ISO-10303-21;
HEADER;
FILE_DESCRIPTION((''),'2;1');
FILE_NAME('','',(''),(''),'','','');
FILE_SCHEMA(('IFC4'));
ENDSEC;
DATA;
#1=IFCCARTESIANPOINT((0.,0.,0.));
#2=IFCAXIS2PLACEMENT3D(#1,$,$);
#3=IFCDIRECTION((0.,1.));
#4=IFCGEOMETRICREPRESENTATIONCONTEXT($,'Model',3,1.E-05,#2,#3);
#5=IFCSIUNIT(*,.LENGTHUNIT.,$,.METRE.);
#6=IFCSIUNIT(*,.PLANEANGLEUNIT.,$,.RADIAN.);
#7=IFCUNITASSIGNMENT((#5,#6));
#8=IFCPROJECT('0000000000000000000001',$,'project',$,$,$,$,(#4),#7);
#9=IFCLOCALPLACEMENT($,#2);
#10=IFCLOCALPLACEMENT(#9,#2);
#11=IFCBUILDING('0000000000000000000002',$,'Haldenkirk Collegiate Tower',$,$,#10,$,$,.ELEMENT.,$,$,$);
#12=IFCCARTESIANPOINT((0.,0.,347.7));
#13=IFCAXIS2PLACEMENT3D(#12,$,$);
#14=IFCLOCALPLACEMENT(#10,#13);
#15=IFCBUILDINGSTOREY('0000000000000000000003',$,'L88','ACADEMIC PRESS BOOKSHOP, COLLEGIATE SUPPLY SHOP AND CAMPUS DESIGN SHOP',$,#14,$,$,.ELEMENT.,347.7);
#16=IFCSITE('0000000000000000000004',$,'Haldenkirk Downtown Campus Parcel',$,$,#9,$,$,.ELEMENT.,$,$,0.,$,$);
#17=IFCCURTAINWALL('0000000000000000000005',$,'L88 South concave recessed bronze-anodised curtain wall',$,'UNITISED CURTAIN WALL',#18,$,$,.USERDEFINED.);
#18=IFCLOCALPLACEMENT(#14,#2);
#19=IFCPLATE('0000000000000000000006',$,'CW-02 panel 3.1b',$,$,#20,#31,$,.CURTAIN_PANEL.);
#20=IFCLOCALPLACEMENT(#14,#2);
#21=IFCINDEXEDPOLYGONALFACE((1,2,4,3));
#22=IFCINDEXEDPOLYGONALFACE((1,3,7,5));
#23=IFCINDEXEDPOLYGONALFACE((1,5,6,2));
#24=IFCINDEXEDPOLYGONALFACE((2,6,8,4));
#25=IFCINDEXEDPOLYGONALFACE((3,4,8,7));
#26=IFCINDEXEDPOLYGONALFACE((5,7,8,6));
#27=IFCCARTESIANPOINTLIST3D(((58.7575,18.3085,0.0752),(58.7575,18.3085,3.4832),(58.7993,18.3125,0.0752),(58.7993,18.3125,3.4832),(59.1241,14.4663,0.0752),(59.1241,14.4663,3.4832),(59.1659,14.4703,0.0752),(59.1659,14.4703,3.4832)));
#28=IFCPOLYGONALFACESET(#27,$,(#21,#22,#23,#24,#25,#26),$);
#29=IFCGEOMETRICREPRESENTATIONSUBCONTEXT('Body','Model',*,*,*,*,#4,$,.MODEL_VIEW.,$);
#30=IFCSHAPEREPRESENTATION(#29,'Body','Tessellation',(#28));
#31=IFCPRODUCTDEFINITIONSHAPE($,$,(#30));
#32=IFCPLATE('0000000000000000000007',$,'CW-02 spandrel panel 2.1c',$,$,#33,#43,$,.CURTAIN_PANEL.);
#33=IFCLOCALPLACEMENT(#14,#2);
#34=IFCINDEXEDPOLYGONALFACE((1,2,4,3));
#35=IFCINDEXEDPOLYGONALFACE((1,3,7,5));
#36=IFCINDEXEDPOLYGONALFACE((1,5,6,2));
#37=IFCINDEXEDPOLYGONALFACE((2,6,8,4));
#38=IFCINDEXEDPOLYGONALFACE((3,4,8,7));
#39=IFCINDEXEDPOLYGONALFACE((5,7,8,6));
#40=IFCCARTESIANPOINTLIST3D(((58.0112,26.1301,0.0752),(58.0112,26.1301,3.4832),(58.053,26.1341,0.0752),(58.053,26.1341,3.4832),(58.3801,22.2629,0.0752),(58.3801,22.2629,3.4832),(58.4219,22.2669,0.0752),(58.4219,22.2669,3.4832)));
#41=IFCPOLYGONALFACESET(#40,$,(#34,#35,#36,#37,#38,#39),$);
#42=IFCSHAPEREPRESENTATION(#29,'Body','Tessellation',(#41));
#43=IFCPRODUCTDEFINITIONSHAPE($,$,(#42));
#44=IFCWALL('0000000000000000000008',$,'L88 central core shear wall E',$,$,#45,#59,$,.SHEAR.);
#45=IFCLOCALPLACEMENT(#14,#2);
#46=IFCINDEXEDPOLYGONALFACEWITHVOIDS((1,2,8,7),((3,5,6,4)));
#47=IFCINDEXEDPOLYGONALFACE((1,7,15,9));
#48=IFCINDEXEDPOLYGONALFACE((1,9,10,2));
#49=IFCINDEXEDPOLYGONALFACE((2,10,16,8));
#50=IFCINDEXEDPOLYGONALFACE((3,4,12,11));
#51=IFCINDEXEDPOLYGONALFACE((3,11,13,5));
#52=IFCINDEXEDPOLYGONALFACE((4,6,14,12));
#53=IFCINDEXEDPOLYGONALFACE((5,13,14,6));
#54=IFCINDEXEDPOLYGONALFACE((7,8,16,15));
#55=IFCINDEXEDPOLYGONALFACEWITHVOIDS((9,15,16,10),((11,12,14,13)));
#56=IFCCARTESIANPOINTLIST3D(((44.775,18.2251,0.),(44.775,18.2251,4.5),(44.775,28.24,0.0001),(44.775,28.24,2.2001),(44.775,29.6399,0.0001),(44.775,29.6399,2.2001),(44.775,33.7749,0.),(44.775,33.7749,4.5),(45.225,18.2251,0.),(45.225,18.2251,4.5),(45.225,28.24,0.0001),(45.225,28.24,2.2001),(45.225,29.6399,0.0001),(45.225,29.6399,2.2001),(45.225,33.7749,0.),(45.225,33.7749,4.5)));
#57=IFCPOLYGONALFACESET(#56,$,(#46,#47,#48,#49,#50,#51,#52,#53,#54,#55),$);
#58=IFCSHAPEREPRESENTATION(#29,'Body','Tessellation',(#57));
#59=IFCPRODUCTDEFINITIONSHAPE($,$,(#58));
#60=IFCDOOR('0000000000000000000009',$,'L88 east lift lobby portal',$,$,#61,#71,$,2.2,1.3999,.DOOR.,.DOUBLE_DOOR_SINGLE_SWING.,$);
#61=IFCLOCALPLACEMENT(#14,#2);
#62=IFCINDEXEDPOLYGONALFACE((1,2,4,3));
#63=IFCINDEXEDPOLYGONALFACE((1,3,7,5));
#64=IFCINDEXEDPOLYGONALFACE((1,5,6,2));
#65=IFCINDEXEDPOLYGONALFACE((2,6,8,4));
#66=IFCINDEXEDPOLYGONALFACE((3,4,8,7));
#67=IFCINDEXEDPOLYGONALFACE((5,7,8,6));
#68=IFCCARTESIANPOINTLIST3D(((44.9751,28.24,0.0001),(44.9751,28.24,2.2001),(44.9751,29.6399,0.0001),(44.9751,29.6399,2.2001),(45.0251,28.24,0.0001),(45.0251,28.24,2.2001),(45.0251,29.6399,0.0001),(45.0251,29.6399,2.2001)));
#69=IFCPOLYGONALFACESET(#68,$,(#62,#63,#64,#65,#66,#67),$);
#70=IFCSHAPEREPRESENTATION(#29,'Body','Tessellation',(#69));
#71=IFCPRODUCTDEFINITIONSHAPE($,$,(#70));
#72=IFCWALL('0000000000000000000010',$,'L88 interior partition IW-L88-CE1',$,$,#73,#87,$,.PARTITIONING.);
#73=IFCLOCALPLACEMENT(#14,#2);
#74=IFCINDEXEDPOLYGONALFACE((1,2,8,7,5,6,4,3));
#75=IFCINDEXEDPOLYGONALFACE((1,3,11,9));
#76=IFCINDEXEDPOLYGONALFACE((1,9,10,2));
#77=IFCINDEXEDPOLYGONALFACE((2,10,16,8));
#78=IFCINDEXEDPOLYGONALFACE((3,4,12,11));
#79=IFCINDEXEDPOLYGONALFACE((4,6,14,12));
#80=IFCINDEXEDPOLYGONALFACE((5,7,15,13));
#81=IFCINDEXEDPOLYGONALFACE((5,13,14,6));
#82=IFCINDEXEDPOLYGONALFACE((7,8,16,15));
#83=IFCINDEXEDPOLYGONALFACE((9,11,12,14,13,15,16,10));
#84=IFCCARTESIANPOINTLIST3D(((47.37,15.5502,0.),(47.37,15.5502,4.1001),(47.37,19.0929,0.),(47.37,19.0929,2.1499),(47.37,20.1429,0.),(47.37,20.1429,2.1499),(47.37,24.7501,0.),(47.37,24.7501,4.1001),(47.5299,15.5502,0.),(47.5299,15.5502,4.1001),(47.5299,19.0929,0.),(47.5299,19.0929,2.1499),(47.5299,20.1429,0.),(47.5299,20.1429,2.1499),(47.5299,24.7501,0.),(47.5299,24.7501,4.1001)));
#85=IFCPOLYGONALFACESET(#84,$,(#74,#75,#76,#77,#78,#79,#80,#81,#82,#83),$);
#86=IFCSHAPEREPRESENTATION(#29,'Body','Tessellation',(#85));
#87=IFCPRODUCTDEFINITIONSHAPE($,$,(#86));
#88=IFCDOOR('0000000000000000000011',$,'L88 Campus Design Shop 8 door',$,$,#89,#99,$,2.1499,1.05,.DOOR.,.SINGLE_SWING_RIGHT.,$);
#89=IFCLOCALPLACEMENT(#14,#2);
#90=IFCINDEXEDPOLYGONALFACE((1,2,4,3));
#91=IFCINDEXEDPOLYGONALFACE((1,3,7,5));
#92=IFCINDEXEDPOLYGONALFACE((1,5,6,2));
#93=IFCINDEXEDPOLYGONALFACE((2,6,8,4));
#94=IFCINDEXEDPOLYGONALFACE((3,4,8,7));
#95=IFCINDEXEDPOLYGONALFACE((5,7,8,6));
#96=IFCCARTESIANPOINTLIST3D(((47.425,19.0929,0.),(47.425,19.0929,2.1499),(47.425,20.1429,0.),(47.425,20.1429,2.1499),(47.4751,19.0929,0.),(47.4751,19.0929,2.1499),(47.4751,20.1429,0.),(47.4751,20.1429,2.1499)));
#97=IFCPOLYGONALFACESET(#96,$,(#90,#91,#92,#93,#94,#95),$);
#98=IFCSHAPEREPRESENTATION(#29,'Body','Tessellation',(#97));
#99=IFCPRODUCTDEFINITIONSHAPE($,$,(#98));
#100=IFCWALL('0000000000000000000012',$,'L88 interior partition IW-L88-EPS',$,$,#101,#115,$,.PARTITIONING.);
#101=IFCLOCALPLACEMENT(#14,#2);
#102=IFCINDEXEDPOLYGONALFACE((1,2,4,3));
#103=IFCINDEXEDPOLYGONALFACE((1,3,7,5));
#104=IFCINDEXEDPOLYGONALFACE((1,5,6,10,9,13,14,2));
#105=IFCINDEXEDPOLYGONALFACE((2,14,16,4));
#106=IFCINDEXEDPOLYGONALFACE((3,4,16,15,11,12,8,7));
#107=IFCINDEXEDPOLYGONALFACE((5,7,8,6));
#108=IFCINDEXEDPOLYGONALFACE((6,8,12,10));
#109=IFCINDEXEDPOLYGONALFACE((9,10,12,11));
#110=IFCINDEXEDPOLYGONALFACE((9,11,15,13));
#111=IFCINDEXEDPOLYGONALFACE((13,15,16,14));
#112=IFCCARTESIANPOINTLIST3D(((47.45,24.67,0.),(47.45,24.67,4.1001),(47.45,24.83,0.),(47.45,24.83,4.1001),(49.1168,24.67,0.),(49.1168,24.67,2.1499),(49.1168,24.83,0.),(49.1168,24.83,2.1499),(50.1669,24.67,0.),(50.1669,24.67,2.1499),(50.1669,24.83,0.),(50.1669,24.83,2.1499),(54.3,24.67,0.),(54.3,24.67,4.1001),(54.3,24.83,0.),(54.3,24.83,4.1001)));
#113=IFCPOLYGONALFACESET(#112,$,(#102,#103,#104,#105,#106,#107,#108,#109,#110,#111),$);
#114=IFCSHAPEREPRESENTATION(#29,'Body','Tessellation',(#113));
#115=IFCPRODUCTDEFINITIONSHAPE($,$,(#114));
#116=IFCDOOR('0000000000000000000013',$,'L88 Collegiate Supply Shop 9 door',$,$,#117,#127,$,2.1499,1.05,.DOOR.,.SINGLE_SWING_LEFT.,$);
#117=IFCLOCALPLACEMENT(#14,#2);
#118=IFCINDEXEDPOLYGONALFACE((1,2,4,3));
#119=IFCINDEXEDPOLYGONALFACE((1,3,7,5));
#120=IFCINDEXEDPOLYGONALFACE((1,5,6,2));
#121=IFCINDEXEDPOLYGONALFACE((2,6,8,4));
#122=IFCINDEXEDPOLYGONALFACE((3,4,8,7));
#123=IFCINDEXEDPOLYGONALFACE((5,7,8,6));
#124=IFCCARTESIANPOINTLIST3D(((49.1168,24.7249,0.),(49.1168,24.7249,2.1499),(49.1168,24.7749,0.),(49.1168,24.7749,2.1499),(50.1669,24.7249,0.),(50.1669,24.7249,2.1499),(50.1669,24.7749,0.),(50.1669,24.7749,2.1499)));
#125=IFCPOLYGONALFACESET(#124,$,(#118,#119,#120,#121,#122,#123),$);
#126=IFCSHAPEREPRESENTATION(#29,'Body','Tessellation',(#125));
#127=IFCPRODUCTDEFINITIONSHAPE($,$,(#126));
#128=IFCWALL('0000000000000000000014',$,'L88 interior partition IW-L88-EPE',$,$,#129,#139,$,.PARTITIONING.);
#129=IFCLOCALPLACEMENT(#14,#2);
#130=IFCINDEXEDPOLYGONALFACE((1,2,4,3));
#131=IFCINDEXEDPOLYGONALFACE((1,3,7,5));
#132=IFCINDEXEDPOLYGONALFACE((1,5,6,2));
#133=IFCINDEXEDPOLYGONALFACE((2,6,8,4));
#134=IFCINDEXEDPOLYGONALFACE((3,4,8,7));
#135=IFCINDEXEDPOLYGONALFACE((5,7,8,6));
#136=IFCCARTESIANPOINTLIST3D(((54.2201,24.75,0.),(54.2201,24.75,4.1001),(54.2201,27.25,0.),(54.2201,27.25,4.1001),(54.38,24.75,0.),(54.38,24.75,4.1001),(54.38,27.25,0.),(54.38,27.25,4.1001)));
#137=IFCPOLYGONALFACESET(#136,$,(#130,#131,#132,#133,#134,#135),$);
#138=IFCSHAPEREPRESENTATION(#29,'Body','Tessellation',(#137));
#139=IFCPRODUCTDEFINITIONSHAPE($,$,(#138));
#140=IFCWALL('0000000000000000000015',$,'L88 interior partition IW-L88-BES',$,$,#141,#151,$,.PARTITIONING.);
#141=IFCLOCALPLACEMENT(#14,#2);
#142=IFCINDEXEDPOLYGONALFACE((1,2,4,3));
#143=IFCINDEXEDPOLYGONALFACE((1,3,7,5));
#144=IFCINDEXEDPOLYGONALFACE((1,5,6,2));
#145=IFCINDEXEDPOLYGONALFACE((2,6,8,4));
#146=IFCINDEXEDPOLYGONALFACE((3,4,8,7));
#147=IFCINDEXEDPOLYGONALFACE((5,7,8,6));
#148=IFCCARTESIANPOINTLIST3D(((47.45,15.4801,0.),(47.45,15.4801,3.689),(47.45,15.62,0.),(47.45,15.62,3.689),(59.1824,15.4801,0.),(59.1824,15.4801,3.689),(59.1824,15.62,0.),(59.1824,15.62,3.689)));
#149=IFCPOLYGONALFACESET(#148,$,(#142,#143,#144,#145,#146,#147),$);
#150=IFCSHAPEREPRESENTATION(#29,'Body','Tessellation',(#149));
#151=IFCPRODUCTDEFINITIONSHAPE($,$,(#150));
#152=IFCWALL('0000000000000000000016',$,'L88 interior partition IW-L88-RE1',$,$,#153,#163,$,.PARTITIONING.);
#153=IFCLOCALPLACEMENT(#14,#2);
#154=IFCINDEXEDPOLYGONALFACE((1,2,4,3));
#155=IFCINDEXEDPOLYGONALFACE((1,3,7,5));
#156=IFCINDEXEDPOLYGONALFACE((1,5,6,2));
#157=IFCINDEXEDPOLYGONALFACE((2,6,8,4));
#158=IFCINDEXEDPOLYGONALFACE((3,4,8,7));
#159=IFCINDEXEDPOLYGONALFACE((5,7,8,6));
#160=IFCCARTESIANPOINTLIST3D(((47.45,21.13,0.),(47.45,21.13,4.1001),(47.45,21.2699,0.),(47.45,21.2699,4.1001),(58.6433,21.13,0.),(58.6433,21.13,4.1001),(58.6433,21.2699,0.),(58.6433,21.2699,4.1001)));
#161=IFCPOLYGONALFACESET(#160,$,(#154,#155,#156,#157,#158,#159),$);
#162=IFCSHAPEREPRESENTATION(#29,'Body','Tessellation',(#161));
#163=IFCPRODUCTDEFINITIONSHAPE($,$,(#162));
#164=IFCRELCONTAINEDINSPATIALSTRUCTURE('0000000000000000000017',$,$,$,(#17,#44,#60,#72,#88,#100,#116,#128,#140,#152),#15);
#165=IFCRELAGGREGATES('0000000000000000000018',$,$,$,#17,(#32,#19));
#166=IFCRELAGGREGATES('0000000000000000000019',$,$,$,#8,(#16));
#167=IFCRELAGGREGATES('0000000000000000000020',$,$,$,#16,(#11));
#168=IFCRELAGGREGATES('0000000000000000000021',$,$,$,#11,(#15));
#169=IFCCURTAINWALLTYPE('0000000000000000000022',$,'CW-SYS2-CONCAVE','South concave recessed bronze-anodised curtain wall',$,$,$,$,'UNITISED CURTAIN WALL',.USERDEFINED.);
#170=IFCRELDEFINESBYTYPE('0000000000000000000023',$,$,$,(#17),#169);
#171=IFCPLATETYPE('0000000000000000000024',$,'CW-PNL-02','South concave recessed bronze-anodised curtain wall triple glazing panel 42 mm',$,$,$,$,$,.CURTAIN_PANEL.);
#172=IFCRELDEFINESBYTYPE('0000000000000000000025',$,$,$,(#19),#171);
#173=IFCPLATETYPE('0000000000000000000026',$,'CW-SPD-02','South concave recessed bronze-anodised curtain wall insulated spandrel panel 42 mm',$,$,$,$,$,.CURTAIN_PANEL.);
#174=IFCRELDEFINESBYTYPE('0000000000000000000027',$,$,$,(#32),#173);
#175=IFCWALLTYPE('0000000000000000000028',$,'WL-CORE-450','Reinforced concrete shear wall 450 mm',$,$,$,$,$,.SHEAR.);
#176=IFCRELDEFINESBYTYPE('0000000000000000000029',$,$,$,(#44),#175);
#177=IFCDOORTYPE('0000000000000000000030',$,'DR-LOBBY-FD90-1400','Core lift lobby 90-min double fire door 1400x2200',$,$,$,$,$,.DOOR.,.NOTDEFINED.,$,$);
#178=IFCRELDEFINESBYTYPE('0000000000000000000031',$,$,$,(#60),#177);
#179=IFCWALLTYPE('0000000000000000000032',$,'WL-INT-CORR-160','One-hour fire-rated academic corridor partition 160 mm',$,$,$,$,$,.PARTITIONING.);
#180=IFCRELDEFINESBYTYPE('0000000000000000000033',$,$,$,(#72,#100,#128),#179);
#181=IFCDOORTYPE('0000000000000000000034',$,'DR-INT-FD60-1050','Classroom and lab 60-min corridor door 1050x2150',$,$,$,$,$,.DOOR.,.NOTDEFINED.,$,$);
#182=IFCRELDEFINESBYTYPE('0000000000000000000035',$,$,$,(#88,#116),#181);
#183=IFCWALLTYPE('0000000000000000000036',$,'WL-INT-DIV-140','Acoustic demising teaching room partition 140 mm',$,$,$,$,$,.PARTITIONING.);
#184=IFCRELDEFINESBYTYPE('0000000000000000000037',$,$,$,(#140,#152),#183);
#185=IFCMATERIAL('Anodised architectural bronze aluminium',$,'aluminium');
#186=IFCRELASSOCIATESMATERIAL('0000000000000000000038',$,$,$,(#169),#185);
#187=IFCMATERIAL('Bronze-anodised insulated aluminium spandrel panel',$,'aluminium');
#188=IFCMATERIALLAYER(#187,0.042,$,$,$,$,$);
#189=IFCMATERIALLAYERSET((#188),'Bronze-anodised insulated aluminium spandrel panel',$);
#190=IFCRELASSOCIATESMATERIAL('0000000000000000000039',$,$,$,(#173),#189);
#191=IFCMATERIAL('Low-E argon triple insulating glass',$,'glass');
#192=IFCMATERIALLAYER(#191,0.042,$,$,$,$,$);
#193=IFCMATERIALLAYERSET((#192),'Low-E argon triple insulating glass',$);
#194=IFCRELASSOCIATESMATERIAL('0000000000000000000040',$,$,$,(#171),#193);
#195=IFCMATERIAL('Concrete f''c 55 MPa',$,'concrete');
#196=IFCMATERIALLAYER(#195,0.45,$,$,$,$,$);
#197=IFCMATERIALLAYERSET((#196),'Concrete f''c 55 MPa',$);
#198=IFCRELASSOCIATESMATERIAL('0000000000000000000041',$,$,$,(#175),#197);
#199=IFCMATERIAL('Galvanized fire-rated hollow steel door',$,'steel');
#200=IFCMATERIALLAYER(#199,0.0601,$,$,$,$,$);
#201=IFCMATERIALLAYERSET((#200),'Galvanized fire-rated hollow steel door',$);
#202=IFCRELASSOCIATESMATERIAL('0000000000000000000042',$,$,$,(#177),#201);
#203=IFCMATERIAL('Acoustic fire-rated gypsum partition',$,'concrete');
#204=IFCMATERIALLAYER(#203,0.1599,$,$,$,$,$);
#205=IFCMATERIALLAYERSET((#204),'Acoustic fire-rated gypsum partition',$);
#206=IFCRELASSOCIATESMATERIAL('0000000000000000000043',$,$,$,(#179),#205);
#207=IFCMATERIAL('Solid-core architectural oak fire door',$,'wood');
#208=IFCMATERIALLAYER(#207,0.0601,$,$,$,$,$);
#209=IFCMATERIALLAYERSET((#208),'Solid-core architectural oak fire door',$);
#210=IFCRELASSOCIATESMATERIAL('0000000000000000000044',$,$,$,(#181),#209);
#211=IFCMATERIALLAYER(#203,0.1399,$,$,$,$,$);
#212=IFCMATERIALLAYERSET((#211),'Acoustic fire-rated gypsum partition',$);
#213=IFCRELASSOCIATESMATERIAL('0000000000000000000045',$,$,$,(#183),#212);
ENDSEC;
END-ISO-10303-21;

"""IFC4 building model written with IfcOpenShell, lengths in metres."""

from ifc_helpers import new_model, si_unit, direction, frame, frame_2d, origin, origin_2d, place, context, subcontext, project, spatial, rectangle, extrude, source, transform, mapped, material, layer, layer_set, type_object, element, fill, aggregate, save


model = new_model("IFC4")

# Units and contexts
model_context = context("Model", 3, precision=1e-05, world=origin(), true_north=direction((0.0, 1.0)))
body_context = subcontext(model_context, "Body", "Model", "MODEL_VIEW")
ifc_project = project(units=[si_unit("LENGTHUNIT", "METRE"), si_unit("PLANEANGLEUNIT", "RADIAN")], contexts=[model_context])

# Site, building, storey
site_placement = place(None, origin())
site = spatial("IfcSite", under=ifc_project, at=site_placement, Name="Haldenkirk Downtown Campus Parcel", CompositionType="ELEMENT", RefElevation=0.0)
building_placement = place(site_placement, origin())
building = spatial("IfcBuilding", under=site, at=building_placement, Name="Haldenkirk Collegiate Tower", CompositionType="ELEMENT")
storey_placement = place(building_placement, frame((0.0, 0.0, 347.7)))
storey = spatial("IfcBuildingStorey", under=building, at=storey_placement, Name="L88", Description="ACADEMIC PRESS BOOKSHOP, COLLEGIATE SUPPLY SHOP AND CAMPUS DESIGN SHOP", CompositionType="ELEMENT", Elevation=347.7)

# Curtain wall, plates
ifc_material_1 = material(Name="Anodised architectural bronze aluminium", Category="aluminium")
curtain_wall_type = type_object("IfcCurtainWallType", Name="CW-SYS2-CONCAVE", Description="South concave recessed bronze-anodised curtain wall", ElementType="UNITISED CURTAIN WALL", PredefinedType="USERDEFINED", material=ifc_material_1)
curtain_wall_placement = place(storey_placement, origin())
curtain_wall = element("IfcCurtainWall", 1, at=curtain_wall_placement, inside=storey, type_object=curtain_wall_type, Name="L88 South concave recessed bronze-anodised curtain wall", ObjectType="UNITISED CURTAIN WALL", PredefinedType="USERDEFINED")
ifc_material_2 = material(Name="Bronze-anodised insulated aluminium spandrel panel", Category="aluminium")
ifc_layer_1 = layer(ifc_material_2, 0.042)
ifc_layer_set_1 = layer_set([ifc_layer_1], Name="Bronze-anodised insulated aluminium spandrel panel")
plate_type_1 = type_object("IfcPlateType", Name="CW-SPD-02", Description="South concave recessed bronze-anodised curtain wall insulated spandrel panel 42 mm", PredefinedType="CURTAIN_PANEL", material=ifc_layer_set_1)
ifc_material_3 = material(Name="Low-E argon triple insulating glass", Category="glass")
ifc_layer_2 = layer(ifc_material_3, 0.042)
ifc_layer_set_2 = layer_set([ifc_layer_2], Name="Low-E argon triple insulating glass")
plate_type_2 = type_object("IfcPlateType", Name="CW-PNL-02", Description="South concave recessed bronze-anodised curtain wall triple glazing panel 42 mm", PredefinedType="CURTAIN_PANEL", material=ifc_layer_set_2)
shared_shape_1 = source(origin(), body_context, "Body", "SweptSolid", [
    extrude(rectangle(XDim=3.8596, YDim=0.042, at=origin_2d()), origin(), (0.0, 0.0, 1.0), 3.408),
])
plate_1_placement = place(storey_placement, frame((58.9617, 16.3894, 0.0752), z_axis=(0.0, 0.0, 1.0), x_axis=(0.094974, -0.99548, 0.0)))
plate_1 = element("IfcPlate", 2, at=plate_1_placement, type_object=plate_type_2, Name="CW-02 panel 3.1b", PredefinedType="CURTAIN_PANEL", context=body_context, shape_type="MappedRepresentation", body=[
    mapped(shared_shape_1, transform((0.0, 0.0, 0.0), x_axis=(1.0, 0.0, 0.0), y_axis=(0.0, 1.0, 0.0), z_axis=(0.0, 0.0, 1.0), scale=1.0)),
])
shared_shape_2 = source(origin(), body_context, "Body", "SweptSolid", [
    extrude(rectangle(XDim=3.8848, YDim=0.042, at=origin_2d()), origin(), (0.0, 0.0, 1.0), 3.408),
])
plate_2_placement = place(storey_placement, frame((58.2166, 24.1985, 0.0752), z_axis=(0.0, 0.0, 1.0), x_axis=(0.094974, -0.99548, 0.0)))
plate_2 = element("IfcPlate", 3, at=plate_2_placement, type_object=plate_type_1, Name="CW-02 spandrel panel 2.1c", PredefinedType="CURTAIN_PANEL", context=body_context, shape_type="MappedRepresentation", body=[
    mapped(shared_shape_2, transform((0.0, 0.0, 0.0), x_axis=(1.0, 0.0, 0.0), y_axis=(0.0, 1.0, 0.0), z_axis=(0.0, 0.0, 1.0), scale=1.0)),
])
aggregate(curtain_wall, [plate_2, plate_1])

# Walls, openings, doors
ifc_material_4 = material(Name="Concrete f'c 55 MPa", Category="concrete")
ifc_layer_3 = layer(ifc_material_4, 0.45)
ifc_layer_set_3 = layer_set([ifc_layer_3], Name="Concrete f'c 55 MPa")
wall_type_1 = type_object("IfcWallType", Name="WL-CORE-450", Description="Reinforced concrete shear wall 450 mm", PredefinedType="SHEAR", material=ifc_layer_set_3)
wall_1_placement = place(storey_placement, frame((45.0, 18.2251, 0.0), z_axis=(0.0, 0.0, 1.0), x_axis=(0.0, 1.0, 0.0)))
wall_1 = element("IfcWall", 4, at=wall_1_placement, inside=storey, type_object=wall_type_1, Name="L88 central core shear wall E", PredefinedType="SHEAR", context=body_context, shape_type="SweptSolid", body=[
    extrude(rectangle(XDim=15.5498, YDim=0.45, at=frame_2d((7.7749, 0.0))), origin(), (0.0, 0.0, 1.0), 4.5),
])
opening_1_placement = place(wall_1_placement, frame((10.0149, 0.0, 0.0)))
opening_1 = element("IfcOpeningElement", 5, at=opening_1_placement, cuts=wall_1, PredefinedType="OPENING", context=body_context, shape_type="SweptSolid", body=[
    extrude(rectangle(XDim=1.3999, YDim=2.2, at=frame_2d((0.7, 1.1001))), frame((0.0, 0.2349, 0.0), z_axis=(0.0, -1.0, 0.0), x_axis=(1.0, 0.0, 0.0)), (0.0, 0.0, 1.0), 0.47),
])
ifc_material_5 = material(Name="Galvanized fire-rated hollow steel door", Category="steel")
ifc_layer_4 = layer(ifc_material_5, 0.0601)
ifc_layer_set_4 = layer_set([ifc_layer_4], Name="Galvanized fire-rated hollow steel door")
door_type_1 = type_object("IfcDoorType", Name="DR-LOBBY-FD90-1400", Description="Core lift lobby 90-min double fire door 1400x2200", OperationType="NOTDEFINED", PredefinedType="DOOR", material=ifc_layer_set_4)
door_1_placement = place(opening_1_placement, origin())
door_1 = element("IfcDoor", 6, at=door_1_placement, inside=storey, type_object=door_type_1, Name="L88 east lift lobby portal", OperationType="DOUBLE_DOOR_SINGLE_SWING", OverallHeight=2.2, OverallWidth=1.3999, PredefinedType="DOOR", context=body_context, shape_type="SweptSolid", body=[
    extrude(rectangle(XDim=1.3999, YDim=2.2, at=frame_2d((0.7, 1.1001))), frame((0.0, 0.0249, 0.0), z_axis=(0.0, -1.0, 0.0), x_axis=(1.0, 0.0, 0.0)), (0.0, 0.0, 1.0), 0.05),
])
fill(opening_1, door_1)
ifc_material_6 = material(Name="Acoustic fire-rated gypsum partition", Category="concrete")
ifc_layer_5 = layer(ifc_material_6, 0.1599)
ifc_layer_set_5 = layer_set([ifc_layer_5], Name="Acoustic fire-rated gypsum partition")
wall_type_2 = type_object("IfcWallType", Name="WL-INT-CORR-160", Description="One-hour fire-rated academic corridor partition 160 mm", PredefinedType="PARTITIONING", material=ifc_layer_set_5)
wall_2_placement = place(storey_placement, frame((47.45, 15.55, 0.0), z_axis=(0.0, 0.0, 1.0), x_axis=(0.0, 1.0, 0.0)))
wall_2 = element("IfcWall", 7, at=wall_2_placement, inside=storey, type_object=wall_type_2, Name="L88 interior partition IW-L88-CE1", PredefinedType="PARTITIONING", context=body_context, shape_type="SweptSolid", body=[
    extrude(rectangle(XDim=9.2, YDim=0.1599, at=frame_2d((4.6001, 0.0))), origin(), (0.0, 0.0, 1.0), 4.1001),
])
opening_2_placement = place(wall_2_placement, frame((3.543, 0.0, 0.0)))
opening_2 = element("IfcOpeningElement", 8, at=opening_2_placement, cuts=wall_2, PredefinedType="OPENING", context=body_context, shape_type="SweptSolid", body=[
    extrude(rectangle(XDim=1.05, YDim=2.1499, at=frame_2d((0.5249, 1.075))), frame((0.0, 0.0898, 0.0), z_axis=(0.0, -1.0, 0.0), x_axis=(1.0, 0.0, 0.0)), (0.0, 0.0, 1.0), 0.1799),
])
ifc_material_7 = material(Name="Solid-core architectural oak fire door", Category="wood")
ifc_layer_6 = layer(ifc_material_7, 0.0601)
ifc_layer_set_6 = layer_set([ifc_layer_6], Name="Solid-core architectural oak fire door")
door_type_2 = type_object("IfcDoorType", Name="DR-INT-FD60-1050", Description="Classroom and lab 60-min corridor door 1050x2150", OperationType="NOTDEFINED", PredefinedType="DOOR", material=ifc_layer_set_6)
door_2_placement = place(opening_2_placement, origin())
door_2 = element("IfcDoor", 9, at=door_2_placement, inside=storey, type_object=door_type_2, Name="L88 Campus Design Shop 8 door", OperationType="SINGLE_SWING_RIGHT", OverallHeight=2.1499, OverallWidth=1.05, PredefinedType="DOOR", context=body_context, shape_type="SweptSolid", body=[
    extrude(rectangle(XDim=1.05, YDim=2.1499, at=frame_2d((0.5249, 1.075))), frame((0.0, 0.0249, 0.0), z_axis=(0.0, -1.0, 0.0), x_axis=(1.0, 0.0, 0.0)), (0.0, 0.0, 1.0), 0.05),
])
fill(opening_2, door_2)
wall_3_placement = place(storey_placement, frame((47.45, 24.75, 0.0), z_axis=(0.0, 0.0, 1.0), x_axis=(1.0, 0.0, 0.0)))
wall_3 = element("IfcWall", 10, at=wall_3_placement, inside=storey, type_object=wall_type_2, Name="L88 interior partition IW-L88-EPS", PredefinedType="PARTITIONING", context=body_context, shape_type="SweptSolid", body=[
    extrude(rectangle(XDim=6.8501, YDim=0.1599, at=frame_2d((3.425, 0.0))), origin(), (0.0, 0.0, 1.0), 4.1001),
])
opening_3_placement = place(wall_3_placement, frame((1.667, 0.0, 0.0)))
opening_3 = element("IfcOpeningElement", 11, at=opening_3_placement, cuts=wall_3, PredefinedType="OPENING", context=body_context, shape_type="SweptSolid", body=[
    extrude(rectangle(XDim=1.05, YDim=2.1499, at=frame_2d((0.5249, 1.075))), frame((0.0, 0.0898, 0.0), z_axis=(0.0, -1.0, 0.0), x_axis=(1.0, 0.0, 0.0)), (0.0, 0.0, 1.0), 0.1799),
])
door_3_placement = place(opening_3_placement, origin())
door_3 = element("IfcDoor", 12, at=door_3_placement, inside=storey, type_object=door_type_2, Name="L88 Collegiate Supply Shop 9 door", OperationType="SINGLE_SWING_LEFT", OverallHeight=2.1499, OverallWidth=1.05, PredefinedType="DOOR", context=body_context, shape_type="SweptSolid", body=[
    extrude(rectangle(XDim=1.05, YDim=2.1499, at=frame_2d((0.5249, 1.075))), frame((0.0, 0.0249, 0.0), z_axis=(0.0, -1.0, 0.0), x_axis=(1.0, 0.0, 0.0)), (0.0, 0.0, 1.0), 0.05),
])
fill(opening_3, door_3)

# Walls
wall_4_placement = place(storey_placement, frame((54.3, 24.75, 0.0), z_axis=(0.0, 0.0, 1.0), x_axis=(0.0, 1.0, 0.0)))
element("IfcWall", 13, at=wall_4_placement, inside=storey, type_object=wall_type_2, Name="L88 interior partition IW-L88-EPE", PredefinedType="PARTITIONING", context=body_context, shape_type="SweptSolid", body=[
    extrude(rectangle(XDim=2.5, YDim=0.1599, at=frame_2d((1.25, 0.0))), origin(), (0.0, 0.0, 1.0), 4.1001),
])
ifc_layer_7 = layer(ifc_material_6, 0.1399)
ifc_layer_set_7 = layer_set([ifc_layer_7], Name="Acoustic fire-rated gypsum partition")
wall_type_3 = type_object("IfcWallType", Name="WL-INT-DIV-140", Description="Acoustic demising teaching room partition 140 mm", PredefinedType="PARTITIONING", material=ifc_layer_set_7)
wall_5_placement = place(storey_placement, frame((47.45, 15.55, 0.0), z_axis=(0.0, 0.0, 1.0), x_axis=(1.0, 0.0, 0.0)))
element("IfcWall", 14, at=wall_5_placement, inside=storey, type_object=wall_type_3, Name="L88 interior partition IW-L88-BES", PredefinedType="PARTITIONING", context=body_context, shape_type="SweptSolid", body=[
    extrude(rectangle(XDim=11.7324, YDim=0.1399, at=frame_2d((5.8662, 0.0))), origin(), (0.0, 0.0, 1.0), 3.689),
])
wall_6_placement = place(storey_placement, frame((47.45, 21.2, 0.0), z_axis=(0.0, 0.0, 1.0), x_axis=(1.0, 0.0, 0.0)))
element("IfcWall", 15, at=wall_6_placement, inside=storey, type_object=wall_type_3, Name="L88 interior partition IW-L88-RE1", PredefinedType="PARTITIONING", context=body_context, shape_type="SweptSolid", body=[
    extrude(rectangle(XDim=11.1934, YDim=0.1399, at=frame_2d((5.5967, 0.0))), origin(), (0.0, 0.0, 1.0), 4.1001),
])

save(model, "model.ifc")
